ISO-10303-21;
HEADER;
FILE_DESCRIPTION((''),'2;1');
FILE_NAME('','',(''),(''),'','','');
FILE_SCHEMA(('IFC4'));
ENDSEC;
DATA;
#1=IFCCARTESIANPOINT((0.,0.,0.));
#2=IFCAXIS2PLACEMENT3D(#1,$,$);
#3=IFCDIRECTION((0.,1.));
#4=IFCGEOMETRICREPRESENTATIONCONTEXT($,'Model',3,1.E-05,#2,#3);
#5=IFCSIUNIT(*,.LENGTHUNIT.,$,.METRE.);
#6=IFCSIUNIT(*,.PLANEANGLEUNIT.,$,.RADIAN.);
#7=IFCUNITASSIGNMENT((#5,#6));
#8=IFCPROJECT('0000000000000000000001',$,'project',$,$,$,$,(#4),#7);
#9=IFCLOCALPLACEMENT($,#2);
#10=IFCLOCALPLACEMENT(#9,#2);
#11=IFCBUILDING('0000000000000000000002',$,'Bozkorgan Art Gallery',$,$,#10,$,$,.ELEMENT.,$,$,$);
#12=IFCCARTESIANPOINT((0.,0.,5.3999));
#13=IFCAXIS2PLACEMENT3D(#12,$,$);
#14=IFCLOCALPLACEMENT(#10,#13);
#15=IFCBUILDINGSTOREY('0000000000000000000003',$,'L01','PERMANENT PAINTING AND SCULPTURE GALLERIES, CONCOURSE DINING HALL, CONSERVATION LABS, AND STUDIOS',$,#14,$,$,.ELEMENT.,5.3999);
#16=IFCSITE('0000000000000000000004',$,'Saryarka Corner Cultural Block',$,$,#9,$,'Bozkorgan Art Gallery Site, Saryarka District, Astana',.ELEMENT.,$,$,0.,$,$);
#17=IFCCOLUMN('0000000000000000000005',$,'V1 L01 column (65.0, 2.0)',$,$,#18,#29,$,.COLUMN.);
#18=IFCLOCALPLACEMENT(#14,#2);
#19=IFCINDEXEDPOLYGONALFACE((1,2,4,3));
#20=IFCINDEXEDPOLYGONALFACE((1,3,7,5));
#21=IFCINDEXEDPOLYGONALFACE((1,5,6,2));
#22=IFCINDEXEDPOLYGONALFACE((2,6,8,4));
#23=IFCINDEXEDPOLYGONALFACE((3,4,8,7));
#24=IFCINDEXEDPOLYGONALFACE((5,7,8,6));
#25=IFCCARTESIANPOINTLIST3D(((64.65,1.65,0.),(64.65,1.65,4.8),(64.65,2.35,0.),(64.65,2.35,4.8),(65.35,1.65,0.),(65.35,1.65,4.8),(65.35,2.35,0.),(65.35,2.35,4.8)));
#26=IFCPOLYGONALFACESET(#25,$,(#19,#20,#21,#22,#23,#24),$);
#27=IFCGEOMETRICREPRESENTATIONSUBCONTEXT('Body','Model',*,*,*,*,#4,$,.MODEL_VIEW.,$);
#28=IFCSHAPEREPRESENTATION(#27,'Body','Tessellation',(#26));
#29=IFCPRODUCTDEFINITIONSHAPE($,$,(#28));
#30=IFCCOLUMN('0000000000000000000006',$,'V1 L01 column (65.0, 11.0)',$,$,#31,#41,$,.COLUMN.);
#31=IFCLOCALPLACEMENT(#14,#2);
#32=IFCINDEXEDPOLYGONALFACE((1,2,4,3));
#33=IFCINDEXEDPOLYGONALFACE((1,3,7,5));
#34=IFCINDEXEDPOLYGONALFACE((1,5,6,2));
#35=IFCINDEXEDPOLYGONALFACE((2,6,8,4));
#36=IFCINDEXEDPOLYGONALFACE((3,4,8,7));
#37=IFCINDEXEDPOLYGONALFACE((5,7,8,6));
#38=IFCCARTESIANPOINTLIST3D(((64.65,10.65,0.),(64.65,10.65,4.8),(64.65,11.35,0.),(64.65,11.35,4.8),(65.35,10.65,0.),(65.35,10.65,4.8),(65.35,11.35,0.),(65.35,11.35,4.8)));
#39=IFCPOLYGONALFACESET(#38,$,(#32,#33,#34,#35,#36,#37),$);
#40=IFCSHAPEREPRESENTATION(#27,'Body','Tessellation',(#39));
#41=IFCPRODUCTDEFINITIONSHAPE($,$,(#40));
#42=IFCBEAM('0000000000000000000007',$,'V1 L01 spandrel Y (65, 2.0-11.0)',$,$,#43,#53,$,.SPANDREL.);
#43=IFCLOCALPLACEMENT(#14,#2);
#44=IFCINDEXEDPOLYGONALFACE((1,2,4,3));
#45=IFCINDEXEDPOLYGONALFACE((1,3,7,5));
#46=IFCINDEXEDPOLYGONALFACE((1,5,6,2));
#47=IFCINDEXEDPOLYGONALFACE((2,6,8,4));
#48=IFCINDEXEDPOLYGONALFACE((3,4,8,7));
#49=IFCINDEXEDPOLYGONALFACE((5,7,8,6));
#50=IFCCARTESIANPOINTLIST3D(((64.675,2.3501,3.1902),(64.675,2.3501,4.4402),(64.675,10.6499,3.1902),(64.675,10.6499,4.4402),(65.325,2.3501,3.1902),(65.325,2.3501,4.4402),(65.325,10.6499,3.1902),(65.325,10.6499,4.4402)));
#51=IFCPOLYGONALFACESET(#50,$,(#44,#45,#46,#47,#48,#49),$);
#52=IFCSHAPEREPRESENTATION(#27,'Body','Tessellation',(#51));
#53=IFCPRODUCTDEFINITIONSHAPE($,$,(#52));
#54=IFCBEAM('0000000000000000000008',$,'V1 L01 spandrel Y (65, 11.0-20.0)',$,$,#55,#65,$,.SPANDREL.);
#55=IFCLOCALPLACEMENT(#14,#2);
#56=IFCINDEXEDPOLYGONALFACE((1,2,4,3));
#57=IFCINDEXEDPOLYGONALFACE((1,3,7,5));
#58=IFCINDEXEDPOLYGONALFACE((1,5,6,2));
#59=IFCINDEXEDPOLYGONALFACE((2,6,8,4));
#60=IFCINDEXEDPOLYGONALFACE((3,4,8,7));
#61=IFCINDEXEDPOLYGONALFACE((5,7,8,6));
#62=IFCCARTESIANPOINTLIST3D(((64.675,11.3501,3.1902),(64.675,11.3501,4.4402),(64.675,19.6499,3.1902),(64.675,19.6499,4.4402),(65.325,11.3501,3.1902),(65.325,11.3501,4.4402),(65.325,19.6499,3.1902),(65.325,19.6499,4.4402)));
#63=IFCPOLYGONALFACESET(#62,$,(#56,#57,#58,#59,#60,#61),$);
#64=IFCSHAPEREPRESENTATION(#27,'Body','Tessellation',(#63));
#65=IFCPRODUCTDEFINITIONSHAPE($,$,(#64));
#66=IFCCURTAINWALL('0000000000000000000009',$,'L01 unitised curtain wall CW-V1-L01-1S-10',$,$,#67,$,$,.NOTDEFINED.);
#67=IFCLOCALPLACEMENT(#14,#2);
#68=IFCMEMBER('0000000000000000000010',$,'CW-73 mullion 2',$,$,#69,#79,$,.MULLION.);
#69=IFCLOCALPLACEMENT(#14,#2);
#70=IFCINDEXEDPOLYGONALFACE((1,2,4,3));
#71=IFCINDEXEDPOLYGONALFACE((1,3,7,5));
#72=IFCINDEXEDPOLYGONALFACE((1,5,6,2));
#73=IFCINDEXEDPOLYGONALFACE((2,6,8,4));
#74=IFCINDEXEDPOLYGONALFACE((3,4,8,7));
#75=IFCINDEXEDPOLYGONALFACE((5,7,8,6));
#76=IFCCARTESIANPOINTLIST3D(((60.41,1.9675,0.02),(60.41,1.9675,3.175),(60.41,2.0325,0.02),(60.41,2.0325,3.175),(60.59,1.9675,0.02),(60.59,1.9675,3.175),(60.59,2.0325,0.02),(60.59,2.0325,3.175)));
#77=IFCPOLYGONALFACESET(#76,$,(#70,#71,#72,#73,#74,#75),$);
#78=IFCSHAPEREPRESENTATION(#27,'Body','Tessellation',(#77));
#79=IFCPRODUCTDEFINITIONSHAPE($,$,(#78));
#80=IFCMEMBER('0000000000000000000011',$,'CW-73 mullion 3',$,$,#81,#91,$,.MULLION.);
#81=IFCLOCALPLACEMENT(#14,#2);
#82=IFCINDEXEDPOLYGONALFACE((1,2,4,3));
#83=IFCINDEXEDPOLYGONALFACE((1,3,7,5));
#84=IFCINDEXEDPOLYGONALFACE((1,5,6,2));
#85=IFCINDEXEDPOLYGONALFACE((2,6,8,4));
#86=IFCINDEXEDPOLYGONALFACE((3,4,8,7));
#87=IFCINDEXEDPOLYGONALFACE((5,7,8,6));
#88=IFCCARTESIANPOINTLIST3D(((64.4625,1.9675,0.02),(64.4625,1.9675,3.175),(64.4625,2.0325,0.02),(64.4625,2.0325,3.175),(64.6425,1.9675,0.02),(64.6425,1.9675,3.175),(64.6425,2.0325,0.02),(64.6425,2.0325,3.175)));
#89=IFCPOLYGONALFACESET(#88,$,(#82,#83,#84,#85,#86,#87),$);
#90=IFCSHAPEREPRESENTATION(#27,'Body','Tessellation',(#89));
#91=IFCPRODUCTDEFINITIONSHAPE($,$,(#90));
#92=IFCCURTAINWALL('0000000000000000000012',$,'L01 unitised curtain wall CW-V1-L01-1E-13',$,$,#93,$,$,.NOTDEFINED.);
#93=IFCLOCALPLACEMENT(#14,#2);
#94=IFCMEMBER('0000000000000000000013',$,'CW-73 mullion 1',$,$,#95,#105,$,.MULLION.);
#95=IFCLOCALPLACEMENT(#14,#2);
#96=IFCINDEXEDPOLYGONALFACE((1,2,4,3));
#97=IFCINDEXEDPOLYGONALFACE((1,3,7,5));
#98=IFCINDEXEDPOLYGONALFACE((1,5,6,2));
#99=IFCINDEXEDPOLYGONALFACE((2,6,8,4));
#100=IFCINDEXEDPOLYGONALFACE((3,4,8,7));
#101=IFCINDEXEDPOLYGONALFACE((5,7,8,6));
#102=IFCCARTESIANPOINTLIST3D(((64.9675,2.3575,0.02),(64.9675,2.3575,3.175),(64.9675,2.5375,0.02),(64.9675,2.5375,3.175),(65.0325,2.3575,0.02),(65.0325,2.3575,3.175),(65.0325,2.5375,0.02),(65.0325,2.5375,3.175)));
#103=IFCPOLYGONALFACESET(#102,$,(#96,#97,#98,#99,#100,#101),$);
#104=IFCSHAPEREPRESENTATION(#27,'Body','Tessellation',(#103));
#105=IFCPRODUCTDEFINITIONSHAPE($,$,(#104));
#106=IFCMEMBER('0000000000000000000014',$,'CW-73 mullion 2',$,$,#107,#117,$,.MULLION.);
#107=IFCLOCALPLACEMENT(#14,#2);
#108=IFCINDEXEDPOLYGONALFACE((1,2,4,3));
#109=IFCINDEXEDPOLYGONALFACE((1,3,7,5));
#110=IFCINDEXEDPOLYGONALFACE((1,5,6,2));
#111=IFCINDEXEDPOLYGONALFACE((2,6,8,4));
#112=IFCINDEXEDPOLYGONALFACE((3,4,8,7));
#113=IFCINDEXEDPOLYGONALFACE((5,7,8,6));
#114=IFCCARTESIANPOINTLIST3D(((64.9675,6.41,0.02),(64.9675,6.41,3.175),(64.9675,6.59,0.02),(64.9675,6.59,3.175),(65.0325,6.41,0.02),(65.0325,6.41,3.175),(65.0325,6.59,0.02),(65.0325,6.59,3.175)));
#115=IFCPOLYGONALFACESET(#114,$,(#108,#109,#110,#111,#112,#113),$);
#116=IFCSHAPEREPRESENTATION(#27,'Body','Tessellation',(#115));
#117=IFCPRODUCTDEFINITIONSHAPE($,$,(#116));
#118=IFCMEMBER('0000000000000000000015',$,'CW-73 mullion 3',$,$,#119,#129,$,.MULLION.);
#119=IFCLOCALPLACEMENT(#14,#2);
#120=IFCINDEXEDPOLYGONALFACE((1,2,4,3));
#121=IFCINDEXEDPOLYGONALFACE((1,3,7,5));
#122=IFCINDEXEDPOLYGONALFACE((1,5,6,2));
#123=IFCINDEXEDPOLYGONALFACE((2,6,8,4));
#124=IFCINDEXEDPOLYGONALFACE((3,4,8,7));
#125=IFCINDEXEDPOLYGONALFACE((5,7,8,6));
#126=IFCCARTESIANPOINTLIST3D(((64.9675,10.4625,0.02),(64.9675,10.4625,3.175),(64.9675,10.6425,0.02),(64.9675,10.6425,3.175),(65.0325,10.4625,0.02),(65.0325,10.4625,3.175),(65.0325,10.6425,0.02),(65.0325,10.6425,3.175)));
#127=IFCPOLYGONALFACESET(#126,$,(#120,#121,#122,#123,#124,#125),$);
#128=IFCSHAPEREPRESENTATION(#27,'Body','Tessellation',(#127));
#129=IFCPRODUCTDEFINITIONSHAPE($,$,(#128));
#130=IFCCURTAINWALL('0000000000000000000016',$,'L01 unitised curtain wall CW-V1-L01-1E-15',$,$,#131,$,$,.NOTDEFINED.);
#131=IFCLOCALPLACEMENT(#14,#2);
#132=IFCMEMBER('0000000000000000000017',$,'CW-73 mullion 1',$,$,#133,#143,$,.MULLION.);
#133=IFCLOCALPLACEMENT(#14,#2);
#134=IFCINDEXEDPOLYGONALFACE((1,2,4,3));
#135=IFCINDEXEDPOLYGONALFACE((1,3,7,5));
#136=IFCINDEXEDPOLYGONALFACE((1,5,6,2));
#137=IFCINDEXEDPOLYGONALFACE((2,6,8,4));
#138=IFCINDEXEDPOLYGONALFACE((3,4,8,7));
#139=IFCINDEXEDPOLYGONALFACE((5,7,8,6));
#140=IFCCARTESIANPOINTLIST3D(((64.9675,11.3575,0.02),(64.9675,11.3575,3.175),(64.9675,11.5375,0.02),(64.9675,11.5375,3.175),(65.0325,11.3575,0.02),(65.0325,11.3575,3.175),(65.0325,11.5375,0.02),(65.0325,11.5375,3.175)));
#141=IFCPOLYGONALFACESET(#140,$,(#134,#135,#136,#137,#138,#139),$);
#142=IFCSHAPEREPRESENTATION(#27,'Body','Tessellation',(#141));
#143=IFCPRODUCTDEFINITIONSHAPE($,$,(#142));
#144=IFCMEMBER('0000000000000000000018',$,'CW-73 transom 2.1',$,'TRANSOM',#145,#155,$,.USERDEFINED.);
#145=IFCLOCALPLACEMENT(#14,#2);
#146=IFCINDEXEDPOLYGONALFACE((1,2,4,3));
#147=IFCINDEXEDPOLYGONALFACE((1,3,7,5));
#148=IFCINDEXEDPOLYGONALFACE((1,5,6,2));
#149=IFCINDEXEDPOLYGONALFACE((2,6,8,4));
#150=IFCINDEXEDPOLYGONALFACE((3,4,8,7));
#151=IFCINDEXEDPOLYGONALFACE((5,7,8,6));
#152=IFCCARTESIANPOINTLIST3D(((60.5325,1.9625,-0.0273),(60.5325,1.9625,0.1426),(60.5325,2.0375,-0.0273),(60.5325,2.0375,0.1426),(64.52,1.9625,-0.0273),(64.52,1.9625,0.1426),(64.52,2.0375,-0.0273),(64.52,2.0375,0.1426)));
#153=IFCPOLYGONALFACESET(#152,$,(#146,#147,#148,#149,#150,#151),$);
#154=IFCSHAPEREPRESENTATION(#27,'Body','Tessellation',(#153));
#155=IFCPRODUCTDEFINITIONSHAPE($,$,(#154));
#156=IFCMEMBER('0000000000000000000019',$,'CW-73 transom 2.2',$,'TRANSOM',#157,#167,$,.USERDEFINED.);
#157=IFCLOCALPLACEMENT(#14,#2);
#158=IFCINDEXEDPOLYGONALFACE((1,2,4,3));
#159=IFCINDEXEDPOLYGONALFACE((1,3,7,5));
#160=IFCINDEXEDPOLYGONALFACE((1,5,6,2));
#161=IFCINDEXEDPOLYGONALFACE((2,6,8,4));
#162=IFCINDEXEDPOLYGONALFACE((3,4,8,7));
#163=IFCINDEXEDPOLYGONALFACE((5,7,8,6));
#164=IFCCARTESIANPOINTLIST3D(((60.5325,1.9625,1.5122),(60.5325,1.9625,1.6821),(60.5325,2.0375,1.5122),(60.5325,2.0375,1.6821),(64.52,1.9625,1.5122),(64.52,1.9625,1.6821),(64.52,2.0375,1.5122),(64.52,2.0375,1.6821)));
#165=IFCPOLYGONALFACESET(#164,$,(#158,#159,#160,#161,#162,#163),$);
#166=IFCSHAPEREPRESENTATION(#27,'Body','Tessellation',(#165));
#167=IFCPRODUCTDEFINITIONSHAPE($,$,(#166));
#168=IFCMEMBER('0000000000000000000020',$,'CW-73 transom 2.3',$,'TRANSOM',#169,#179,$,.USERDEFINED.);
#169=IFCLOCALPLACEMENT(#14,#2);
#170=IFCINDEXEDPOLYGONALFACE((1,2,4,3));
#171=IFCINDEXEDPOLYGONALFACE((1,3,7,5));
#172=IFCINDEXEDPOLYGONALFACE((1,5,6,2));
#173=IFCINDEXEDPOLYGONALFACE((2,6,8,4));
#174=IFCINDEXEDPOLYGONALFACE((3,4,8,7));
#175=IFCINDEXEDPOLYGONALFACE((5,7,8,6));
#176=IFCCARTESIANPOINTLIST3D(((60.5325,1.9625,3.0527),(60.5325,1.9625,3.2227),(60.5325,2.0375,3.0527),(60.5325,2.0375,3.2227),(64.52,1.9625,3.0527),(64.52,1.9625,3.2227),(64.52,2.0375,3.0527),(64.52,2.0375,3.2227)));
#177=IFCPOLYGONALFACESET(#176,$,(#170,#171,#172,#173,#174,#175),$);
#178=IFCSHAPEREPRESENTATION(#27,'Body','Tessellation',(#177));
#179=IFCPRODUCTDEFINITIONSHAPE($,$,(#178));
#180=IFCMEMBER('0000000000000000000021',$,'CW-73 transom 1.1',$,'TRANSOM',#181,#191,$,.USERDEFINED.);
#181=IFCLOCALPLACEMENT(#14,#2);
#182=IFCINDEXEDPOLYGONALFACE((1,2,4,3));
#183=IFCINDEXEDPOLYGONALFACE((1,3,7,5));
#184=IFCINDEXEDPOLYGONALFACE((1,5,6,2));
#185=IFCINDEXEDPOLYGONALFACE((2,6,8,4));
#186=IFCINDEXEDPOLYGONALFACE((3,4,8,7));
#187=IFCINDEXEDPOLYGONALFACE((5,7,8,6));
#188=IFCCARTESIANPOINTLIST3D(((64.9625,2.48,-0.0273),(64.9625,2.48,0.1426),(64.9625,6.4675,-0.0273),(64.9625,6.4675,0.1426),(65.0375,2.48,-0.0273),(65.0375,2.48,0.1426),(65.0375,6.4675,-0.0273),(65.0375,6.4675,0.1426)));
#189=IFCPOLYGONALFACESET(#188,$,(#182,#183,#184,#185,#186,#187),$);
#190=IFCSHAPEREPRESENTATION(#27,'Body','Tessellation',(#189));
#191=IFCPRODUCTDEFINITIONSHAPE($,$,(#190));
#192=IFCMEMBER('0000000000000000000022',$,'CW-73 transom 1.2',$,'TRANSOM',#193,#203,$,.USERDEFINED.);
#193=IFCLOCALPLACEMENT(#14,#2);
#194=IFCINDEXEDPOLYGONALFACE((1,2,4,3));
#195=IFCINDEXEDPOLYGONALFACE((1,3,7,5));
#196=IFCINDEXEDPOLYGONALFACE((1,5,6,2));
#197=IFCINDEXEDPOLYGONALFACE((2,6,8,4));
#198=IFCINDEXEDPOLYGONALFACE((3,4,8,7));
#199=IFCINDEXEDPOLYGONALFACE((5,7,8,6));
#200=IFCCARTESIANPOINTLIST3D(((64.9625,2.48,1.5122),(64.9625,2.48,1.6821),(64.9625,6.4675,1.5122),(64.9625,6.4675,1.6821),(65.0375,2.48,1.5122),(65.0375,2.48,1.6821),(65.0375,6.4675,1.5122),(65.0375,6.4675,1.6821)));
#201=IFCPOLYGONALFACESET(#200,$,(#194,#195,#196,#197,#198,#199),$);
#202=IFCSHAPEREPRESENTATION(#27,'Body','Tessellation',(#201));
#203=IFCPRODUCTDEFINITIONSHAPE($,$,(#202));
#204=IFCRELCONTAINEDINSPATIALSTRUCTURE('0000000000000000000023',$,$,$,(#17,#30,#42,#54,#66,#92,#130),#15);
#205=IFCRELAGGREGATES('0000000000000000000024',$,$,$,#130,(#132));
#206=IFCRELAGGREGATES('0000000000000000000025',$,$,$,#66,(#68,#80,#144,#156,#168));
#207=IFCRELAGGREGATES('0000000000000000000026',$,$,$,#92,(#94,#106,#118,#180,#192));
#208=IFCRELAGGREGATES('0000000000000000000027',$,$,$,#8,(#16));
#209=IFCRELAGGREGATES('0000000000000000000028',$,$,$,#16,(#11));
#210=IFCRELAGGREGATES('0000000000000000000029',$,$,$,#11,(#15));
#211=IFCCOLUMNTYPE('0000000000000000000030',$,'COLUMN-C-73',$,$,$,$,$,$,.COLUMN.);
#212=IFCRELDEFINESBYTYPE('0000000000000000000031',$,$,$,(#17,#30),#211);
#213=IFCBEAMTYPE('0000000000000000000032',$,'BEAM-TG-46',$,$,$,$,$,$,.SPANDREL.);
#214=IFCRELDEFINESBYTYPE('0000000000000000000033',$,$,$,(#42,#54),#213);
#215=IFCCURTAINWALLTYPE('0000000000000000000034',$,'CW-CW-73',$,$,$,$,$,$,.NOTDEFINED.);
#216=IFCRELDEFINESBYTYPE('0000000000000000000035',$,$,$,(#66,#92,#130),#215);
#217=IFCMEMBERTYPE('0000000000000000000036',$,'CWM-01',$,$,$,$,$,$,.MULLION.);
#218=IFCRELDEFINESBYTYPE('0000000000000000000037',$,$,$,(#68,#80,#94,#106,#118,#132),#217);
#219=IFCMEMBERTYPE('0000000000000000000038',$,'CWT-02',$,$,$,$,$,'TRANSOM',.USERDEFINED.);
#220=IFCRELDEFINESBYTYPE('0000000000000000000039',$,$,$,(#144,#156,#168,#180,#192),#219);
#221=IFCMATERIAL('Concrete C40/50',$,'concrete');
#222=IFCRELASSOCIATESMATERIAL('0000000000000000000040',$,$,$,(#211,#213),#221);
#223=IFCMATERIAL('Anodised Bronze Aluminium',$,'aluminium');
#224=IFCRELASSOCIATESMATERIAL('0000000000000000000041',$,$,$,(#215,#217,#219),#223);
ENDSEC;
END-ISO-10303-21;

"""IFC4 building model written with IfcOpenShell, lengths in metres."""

from ifc_helpers import new_model, si_unit, direction, frame, origin, origin_2d, place, context, subcontext, project, spatial, rectangle, extrude, material, material_profile, profile_set, type_object, element, aggregate, save


model = new_model("IFC4")

# Units and contexts
model_context = context("Model", 3, precision=1e-05, world=origin(), true_north=direction((0.0, 1.0)))
body_context = subcontext(model_context, "Body", "Model", "MODEL_VIEW")
ifc_project = project(units=[si_unit("LENGTHUNIT", "METRE"), si_unit("PLANEANGLEUNIT", "RADIAN")], contexts=[model_context])

# Site, building, storey
site_placement = place(None, origin())
site = spatial("IfcSite", under=ifc_project, at=site_placement, Name="Saryarka Corner Cultural Block", LongName="Bozkorgan Art Gallery Site, Saryarka District, Astana", CompositionType="ELEMENT", RefElevation=0.0)
building_placement = place(site_placement, origin())
building = spatial("IfcBuilding", under=site, at=building_placement, Name="Bozkorgan Art Gallery", CompositionType="ELEMENT")
storey_placement = place(building_placement, frame((0.0, 0.0, 5.3999)))
storey = spatial("IfcBuildingStorey", under=building, at=storey_placement, Name="L01", Description="PERMANENT PAINTING AND SCULPTURE GALLERIES, CONCOURSE DINING HALL, CONSERVATION LABS, AND STUDIOS", CompositionType="ELEMENT", Elevation=5.3999)

# Columns
ifc_material_1 = material(Name="Concrete C40/50", Category="concrete")
ifc_material_profile_1 = material_profile(ifc_material_1, rectangle(XDim=0.7, YDim=0.7, at=origin_2d()), Name="RC 700x700")
ifc_profile_set_1 = profile_set([ifc_material_profile_1], Name="Concrete C40/50")
column_type = type_object("IfcColumnType", Name="COLUMN-C-73", PredefinedType="COLUMN", material=ifc_profile_set_1)
for number, where, z_axis, x_axis, name in (
    (1, (65.0, 2.0, 0.0), (0.0, 0.0, 1.0), (1.0, 0.0, 0.0), "V1 L01 column (65.0, 2.0)"),
    (2, (65.0, 11.0, 0.0), (0.0, 0.0, 1.0), (1.0, 0.0, 0.0), "V1 L01 column (65.0, 11.0)"),
):
    element("IfcColumn", number, at=place(storey_placement, frame(where, z_axis=z_axis, x_axis=x_axis)), inside=storey, type_object=column_type, Name=name, PredefinedType="COLUMN", context=body_context, shape_type="SweptSolid", body=[
        extrude(rectangle(XDim=0.7, YDim=0.7, at=origin_2d()), origin(), (0.0, 0.0, 1.0), 4.8),
    ])

# Beams
ifc_material_profile_2 = material_profile(ifc_material_1, rectangle(XDim=0.6499, YDim=1.25, at=origin_2d()), Name="RC 650x1250")
ifc_profile_set_2 = profile_set([ifc_material_profile_2], Name="Concrete C40/50")
beam_type = type_object("IfcBeamType", Name="BEAM-TG-46", PredefinedType="SPANDREL", material=ifc_profile_set_2)
for number, where, z_axis, x_axis, name in (
    (3, (65.0, 2.3501, 3.8152), (0.0, 1.0, 0.0), (-1.0, 0.0, 0.0), "V1 L01 spandrel Y (65, 2.0-11.0)"),
    (4, (65.0, 11.3501, 3.8152), (0.0, 1.0, 0.0), (-1.0, 0.0, 0.0), "V1 L01 spandrel Y (65, 11.0-20.0)"),
):
    element("IfcBeam", number, at=place(storey_placement, frame(where, z_axis=z_axis, x_axis=x_axis)), inside=storey, type_object=beam_type, Name=name, PredefinedType="SPANDREL", context=body_context, shape_type="SweptSolid", body=[
        extrude(rectangle(XDim=0.6499, YDim=1.25, at=origin_2d()), origin(), (0.0, 0.0, 1.0), 8.2998),
    ])

# Curtain walls, members
ifc_material_2 = material(Name="Anodised Bronze Aluminium", Category="aluminium")
curtain_wall_type = type_object("IfcCurtainWallType", Name="CW-CW-73", PredefinedType="NOTDEFINED", material=ifc_material_2)
curtain_wall_1_placement = place(storey_placement, origin())
curtain_wall_1 = element("IfcCurtainWall", 5, at=curtain_wall_1_placement, inside=storey, type_object=curtain_wall_type, Name="L01 unitised curtain wall CW-V1-L01-1S-10", PredefinedType="NOTDEFINED")
ifc_material_profile_3 = material_profile(ifc_material_2, rectangle(XDim=0.0649, YDim=0.1799, at=origin_2d()), Name="ALU MULLION 65x180")
ifc_profile_set_3 = profile_set([ifc_material_profile_3], Name="Anodised Bronze Aluminium")
member_type_1 = type_object("IfcMemberType", Name="CWM-01", PredefinedType="MULLION", material=ifc_profile_set_3)
member_1_placement = place(storey_placement, frame((60.5, 2.0, 0.02), z_axis=(0.0, 0.0, 1.0), x_axis=(0.0, 1.0, 0.0)))
member_1 = element("IfcMember", 6, at=member_1_placement, type_object=member_type_1, Name="CW-73 mullion 2", PredefinedType="MULLION", context=body_context, shape_type="SweptSolid", body=[
    extrude(rectangle(XDim=0.0649, YDim=0.1799, at=origin_2d()), origin(), (0.0, 0.0, 1.0), 3.155),
])
member_2_placement = place(storey_placement, frame((64.5525, 2.0, 0.02), z_axis=(0.0, 0.0, 1.0), x_axis=(0.0, 1.0, 0.0)))
member_2 = element("IfcMember", 7, at=member_2_placement, type_object=member_type_1, Name="CW-73 mullion 3", PredefinedType="MULLION", context=body_context, shape_type="SweptSolid", body=[
    extrude(rectangle(XDim=0.0649, YDim=0.1799, at=origin_2d()), origin(), (0.0, 0.0, 1.0), 3.155),
])
curtain_wall_2_placement = place(storey_placement, origin())
curtain_wall_2 = element("IfcCurtainWall", 8, at=curtain_wall_2_placement, inside=storey, type_object=curtain_wall_type, Name="L01 unitised curtain wall CW-V1-L01-1E-13", PredefinedType="NOTDEFINED")
member_3_placement = place(storey_placement, frame((65.0, 2.4475, 0.02), z_axis=(0.0, 0.0, 1.0), x_axis=(-1.0, 0.0, 0.0)))
member_3 = element("IfcMember", 9, at=member_3_placement, type_object=member_type_1, Name="CW-73 mullion 1", PredefinedType="MULLION", context=body_context, shape_type="SweptSolid", body=[
    extrude(rectangle(XDim=0.0649, YDim=0.1799, at=origin_2d()), origin(), (0.0, 0.0, 1.0), 3.155),
])
member_4_placement = place(storey_placement, frame((65.0, 6.5, 0.02), z_axis=(0.0, 0.0, 1.0), x_axis=(-1.0, 0.0, 0.0)))
member_4 = element("IfcMember", 10, at=member_4_placement, type_object=member_type_1, Name="CW-73 mullion 2", PredefinedType="MULLION", context=body_context, shape_type="SweptSolid", body=[
    extrude(rectangle(XDim=0.0649, YDim=0.1799, at=origin_2d()), origin(), (0.0, 0.0, 1.0), 3.155),
])
member_5_placement = place(storey_placement, frame((65.0, 10.5525, 0.02), z_axis=(0.0, 0.0, 1.0), x_axis=(-1.0, 0.0, 0.0)))
member_5 = element("IfcMember", 11, at=member_5_placement, type_object=member_type_1, Name="CW-73 mullion 3", PredefinedType="MULLION", context=body_context, shape_type="SweptSolid", body=[
    extrude(rectangle(XDim=0.0649, YDim=0.1799, at=origin_2d()), origin(), (0.0, 0.0, 1.0), 3.155),
])

# Curtain wall, member
curtain_wall_3_placement = place(storey_placement, origin())
curtain_wall_3 = element("IfcCurtainWall", 12, at=curtain_wall_3_placement, inside=storey, type_object=curtain_wall_type, Name="L01 unitised curtain wall CW-V1-L01-1E-15", PredefinedType="NOTDEFINED")
member_6_placement = place(storey_placement, frame((65.0, 11.4475, 0.02), z_axis=(0.0, 0.0, 1.0), x_axis=(-1.0, 0.0, 0.0)))
member_6 = element("IfcMember", 13, at=member_6_placement, type_object=member_type_1, Name="CW-73 mullion 1", PredefinedType="MULLION", context=body_context, shape_type="SweptSolid", body=[
    extrude(rectangle(XDim=0.0649, YDim=0.1799, at=origin_2d()), origin(), (0.0, 0.0, 1.0), 3.155),
])
aggregate(curtain_wall_3, [member_6])

# Members
ifc_material_profile_4 = material_profile(ifc_material_2, rectangle(XDim=0.075, YDim=0.1699, at=origin_2d()), Name="ALU TRANSOM 75x170")
ifc_profile_set_4 = profile_set([ifc_material_profile_4], Name="Anodised Bronze Aluminium")
member_type_2 = type_object("IfcMemberType", Name="CWT-02", ElementType="TRANSOM", PredefinedType="USERDEFINED", material=ifc_profile_set_4)
member_7_placement = place(storey_placement, frame((60.5325, 2.0, 0.0576), z_axis=(1.0, 0.0, 0.0), x_axis=(0.0, 1.0, 0.0)))
member_7 = element("IfcMember", 14, at=member_7_placement, type_object=member_type_2, Name="CW-73 transom 2.1", ObjectType="TRANSOM", PredefinedType="USERDEFINED", context=body_context, shape_type="SweptSolid", body=[
    extrude(rectangle(XDim=0.075, YDim=0.1699, at=origin_2d()), origin(), (0.0, 0.0, 1.0), 3.9875),
])
member_8_placement = place(storey_placement, frame((60.5325, 2.0, 1.5972), z_axis=(1.0, 0.0, 0.0), x_axis=(0.0, 1.0, 0.0)))
member_8 = element("IfcMember", 15, at=member_8_placement, type_object=member_type_2, Name="CW-73 transom 2.2", ObjectType="TRANSOM", PredefinedType="USERDEFINED", context=body_context, shape_type="SweptSolid", body=[
    extrude(rectangle(XDim=0.075, YDim=0.1699, at=origin_2d()), origin(), (0.0, 0.0, 1.0), 3.9875),
])
member_9_placement = place(storey_placement, frame((60.5325, 2.0, 3.1377), z_axis=(1.0, 0.0, 0.0), x_axis=(0.0, 1.0, 0.0)))
member_9 = element("IfcMember", 16, at=member_9_placement, type_object=member_type_2, Name="CW-73 transom 2.3", ObjectType="TRANSOM", PredefinedType="USERDEFINED", context=body_context, shape_type="SweptSolid", body=[
    extrude(rectangle(XDim=0.075, YDim=0.1699, at=origin_2d()), origin(), (0.0, 0.0, 1.0), 3.9875),
])
member_10_placement = place(storey_placement, frame((65.0, 2.48, 0.0576), z_axis=(0.0, 1.0, 0.0), x_axis=(-1.0, 0.0, 0.0)))
member_10 = element("IfcMember", 17, at=member_10_placement, type_object=member_type_2, Name="CW-73 transom 1.1", ObjectType="TRANSOM", PredefinedType="USERDEFINED", context=body_context, shape_type="SweptSolid", body=[
    extrude(rectangle(XDim=0.075, YDim=0.1699, at=origin_2d()), origin(), (0.0, 0.0, 1.0), 3.9875),
])
member_11_placement = place(storey_placement, frame((65.0, 2.48, 1.5972), z_axis=(0.0, 1.0, 0.0), x_axis=(-1.0, 0.0, 0.0)))
member_11 = element("IfcMember", 18, at=member_11_placement, type_object=member_type_2, Name="CW-73 transom 1.2", ObjectType="TRANSOM", PredefinedType="USERDEFINED", context=body_context, shape_type="SweptSolid", body=[
    extrude(rectangle(XDim=0.075, YDim=0.1699, at=origin_2d()), origin(), (0.0, 0.0, 1.0), 3.9875),
])

aggregate(curtain_wall_1, [member_1, member_2, member_7, member_8, member_9])
aggregate(curtain_wall_2, [member_3, member_4, member_5, member_10, member_11])

save(model, "model.ifc")
